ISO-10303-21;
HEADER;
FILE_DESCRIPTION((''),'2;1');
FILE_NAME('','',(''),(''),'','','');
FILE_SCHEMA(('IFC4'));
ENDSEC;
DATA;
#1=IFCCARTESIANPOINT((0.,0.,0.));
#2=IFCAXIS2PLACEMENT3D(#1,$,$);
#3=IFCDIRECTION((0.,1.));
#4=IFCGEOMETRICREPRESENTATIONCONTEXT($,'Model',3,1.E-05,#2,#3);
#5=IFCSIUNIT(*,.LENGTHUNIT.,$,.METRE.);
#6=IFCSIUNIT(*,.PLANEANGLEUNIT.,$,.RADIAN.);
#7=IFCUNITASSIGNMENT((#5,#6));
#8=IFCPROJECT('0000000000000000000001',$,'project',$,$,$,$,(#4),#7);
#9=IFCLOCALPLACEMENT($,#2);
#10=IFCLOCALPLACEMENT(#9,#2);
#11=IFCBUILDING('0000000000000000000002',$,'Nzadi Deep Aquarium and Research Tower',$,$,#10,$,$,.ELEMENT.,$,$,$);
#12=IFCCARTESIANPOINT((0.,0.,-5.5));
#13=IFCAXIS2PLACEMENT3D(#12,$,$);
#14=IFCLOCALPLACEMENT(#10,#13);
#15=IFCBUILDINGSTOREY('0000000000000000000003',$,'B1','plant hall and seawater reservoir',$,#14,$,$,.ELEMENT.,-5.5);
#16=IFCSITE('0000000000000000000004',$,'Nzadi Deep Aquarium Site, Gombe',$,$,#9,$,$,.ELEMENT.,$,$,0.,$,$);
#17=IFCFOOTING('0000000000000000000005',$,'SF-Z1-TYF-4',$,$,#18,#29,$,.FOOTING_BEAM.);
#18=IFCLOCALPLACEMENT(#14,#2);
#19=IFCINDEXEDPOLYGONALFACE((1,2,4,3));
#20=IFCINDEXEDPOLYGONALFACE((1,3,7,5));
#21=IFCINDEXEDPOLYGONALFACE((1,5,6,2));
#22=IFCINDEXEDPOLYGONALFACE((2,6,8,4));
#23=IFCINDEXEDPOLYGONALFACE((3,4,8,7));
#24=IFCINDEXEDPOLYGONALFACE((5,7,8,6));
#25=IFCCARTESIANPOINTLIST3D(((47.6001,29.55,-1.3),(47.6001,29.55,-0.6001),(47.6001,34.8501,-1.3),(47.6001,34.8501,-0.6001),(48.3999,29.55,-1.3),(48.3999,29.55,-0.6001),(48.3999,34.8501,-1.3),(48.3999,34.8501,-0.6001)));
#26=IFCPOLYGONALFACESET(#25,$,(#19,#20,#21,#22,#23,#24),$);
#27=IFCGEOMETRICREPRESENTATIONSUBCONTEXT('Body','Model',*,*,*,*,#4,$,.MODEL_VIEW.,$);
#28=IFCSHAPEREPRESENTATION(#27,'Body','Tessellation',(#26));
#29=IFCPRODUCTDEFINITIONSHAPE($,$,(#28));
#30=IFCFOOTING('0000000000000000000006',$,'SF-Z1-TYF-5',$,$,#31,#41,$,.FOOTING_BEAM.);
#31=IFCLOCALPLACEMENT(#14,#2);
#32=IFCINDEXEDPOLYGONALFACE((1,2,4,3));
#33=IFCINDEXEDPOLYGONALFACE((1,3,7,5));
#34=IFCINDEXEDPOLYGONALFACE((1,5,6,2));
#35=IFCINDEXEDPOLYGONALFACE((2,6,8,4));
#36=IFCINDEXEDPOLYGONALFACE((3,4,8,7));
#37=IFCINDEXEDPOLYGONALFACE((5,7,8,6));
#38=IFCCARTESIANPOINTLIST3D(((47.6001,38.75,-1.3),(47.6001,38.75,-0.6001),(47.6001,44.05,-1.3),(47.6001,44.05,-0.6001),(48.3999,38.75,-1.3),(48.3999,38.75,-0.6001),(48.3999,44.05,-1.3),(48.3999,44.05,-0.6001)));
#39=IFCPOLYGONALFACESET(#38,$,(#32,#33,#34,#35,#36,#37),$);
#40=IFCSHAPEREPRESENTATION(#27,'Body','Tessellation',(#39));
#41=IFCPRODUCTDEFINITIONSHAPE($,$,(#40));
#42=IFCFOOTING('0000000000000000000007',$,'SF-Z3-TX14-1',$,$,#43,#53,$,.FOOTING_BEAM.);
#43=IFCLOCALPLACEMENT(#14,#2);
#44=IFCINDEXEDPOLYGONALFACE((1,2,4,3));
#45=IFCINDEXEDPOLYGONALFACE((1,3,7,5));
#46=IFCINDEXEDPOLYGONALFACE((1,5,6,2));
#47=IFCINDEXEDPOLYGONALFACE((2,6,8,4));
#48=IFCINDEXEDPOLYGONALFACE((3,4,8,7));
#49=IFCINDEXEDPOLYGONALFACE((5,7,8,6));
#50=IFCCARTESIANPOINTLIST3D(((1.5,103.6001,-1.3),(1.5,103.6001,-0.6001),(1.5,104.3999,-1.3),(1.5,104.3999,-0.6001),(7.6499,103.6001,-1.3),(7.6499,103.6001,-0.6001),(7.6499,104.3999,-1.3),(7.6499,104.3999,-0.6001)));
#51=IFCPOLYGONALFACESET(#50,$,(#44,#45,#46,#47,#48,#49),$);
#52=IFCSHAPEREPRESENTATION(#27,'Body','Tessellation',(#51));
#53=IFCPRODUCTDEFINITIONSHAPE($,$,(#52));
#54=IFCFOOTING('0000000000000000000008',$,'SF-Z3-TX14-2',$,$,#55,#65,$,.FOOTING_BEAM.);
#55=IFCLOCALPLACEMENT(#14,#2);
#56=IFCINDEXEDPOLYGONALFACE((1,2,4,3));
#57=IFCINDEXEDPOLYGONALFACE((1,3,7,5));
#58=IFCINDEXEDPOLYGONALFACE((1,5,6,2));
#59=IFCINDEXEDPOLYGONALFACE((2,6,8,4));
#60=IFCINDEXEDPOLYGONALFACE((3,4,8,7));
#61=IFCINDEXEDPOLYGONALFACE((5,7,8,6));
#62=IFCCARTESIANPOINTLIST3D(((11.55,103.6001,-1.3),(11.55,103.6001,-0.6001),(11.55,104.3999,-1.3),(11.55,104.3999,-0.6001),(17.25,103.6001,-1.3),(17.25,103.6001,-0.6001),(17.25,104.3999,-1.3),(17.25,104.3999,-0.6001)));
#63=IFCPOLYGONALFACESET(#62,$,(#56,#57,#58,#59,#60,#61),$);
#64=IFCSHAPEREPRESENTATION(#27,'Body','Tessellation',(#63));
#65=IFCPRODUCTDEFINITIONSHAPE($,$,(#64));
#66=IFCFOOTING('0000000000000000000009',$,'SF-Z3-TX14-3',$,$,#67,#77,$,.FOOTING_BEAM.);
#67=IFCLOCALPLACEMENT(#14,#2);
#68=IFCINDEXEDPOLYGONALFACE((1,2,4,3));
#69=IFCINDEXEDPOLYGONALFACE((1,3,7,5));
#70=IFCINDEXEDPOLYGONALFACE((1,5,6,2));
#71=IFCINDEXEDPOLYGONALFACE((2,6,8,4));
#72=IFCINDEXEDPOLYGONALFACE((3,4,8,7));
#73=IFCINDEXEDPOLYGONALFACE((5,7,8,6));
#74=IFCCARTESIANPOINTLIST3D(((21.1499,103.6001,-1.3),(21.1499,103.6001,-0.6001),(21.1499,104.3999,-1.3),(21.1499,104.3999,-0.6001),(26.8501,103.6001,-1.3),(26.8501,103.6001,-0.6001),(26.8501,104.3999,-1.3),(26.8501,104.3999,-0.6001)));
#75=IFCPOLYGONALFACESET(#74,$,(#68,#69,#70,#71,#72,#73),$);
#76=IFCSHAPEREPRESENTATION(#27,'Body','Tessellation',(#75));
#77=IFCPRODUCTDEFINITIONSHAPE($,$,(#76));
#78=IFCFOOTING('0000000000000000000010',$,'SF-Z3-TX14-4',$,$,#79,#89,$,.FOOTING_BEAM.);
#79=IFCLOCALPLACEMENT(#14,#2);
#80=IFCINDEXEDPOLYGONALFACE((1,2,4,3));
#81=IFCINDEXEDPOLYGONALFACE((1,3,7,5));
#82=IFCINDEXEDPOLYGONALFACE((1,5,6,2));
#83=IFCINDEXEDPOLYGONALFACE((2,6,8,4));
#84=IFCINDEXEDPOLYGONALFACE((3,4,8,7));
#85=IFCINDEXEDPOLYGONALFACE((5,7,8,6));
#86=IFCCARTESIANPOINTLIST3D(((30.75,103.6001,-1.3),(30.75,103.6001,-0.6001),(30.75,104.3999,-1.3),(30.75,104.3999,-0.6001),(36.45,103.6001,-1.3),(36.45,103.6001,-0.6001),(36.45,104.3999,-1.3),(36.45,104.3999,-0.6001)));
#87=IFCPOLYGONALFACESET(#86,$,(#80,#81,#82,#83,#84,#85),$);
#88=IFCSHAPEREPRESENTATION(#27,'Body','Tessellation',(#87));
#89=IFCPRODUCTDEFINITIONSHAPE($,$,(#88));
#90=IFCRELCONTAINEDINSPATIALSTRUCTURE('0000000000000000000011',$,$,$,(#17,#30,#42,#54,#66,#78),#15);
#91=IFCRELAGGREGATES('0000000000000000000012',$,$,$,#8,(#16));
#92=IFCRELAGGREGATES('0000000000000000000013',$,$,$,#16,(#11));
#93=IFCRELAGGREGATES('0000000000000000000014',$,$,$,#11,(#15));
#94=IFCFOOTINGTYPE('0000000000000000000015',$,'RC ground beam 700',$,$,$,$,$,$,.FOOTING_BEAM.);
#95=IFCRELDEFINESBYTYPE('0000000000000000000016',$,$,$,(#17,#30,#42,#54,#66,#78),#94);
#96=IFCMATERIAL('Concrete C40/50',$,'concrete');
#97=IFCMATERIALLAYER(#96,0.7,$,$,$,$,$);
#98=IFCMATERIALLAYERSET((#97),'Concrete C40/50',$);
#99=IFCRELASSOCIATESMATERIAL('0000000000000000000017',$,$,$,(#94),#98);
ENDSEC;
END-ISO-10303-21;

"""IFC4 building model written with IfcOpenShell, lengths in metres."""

from ifc_helpers import new_model, si_unit, direction, frame, origin, place, context, subcontext, project, spatial, polyline, outline, extrude, material, layer, layer_set, type_object, element, save


model = new_model("IFC4")

# Units and contexts
model_context = context("Model", 3, precision=1e-05, world=origin(), true_north=direction((0.0, 1.0)))
body_context = subcontext(model_context, "Body", "Model", "MODEL_VIEW")
ifc_project = project(units=[si_unit("LENGTHUNIT", "METRE"), si_unit("PLANEANGLEUNIT", "RADIAN")], contexts=[model_context])

# Site, building, storey
site_placement = place(None, origin())
site = spatial("IfcSite", under=ifc_project, at=site_placement, Name="Nzadi Deep Aquarium Site, Gombe", CompositionType="ELEMENT", RefElevation=0.0)
building_placement = place(site_placement, origin())
building = spatial("IfcBuilding", under=site, at=building_placement, Name="Nzadi Deep Aquarium and Research Tower", CompositionType="ELEMENT")
storey_placement = place(building_placement, frame((0.0, 0.0, -5.5)))
storey = spatial("IfcBuildingStorey", under=building, at=storey_placement, Name="B1", Description="plant hall and seawater reservoir", CompositionType="ELEMENT", Elevation=-5.5)

# Footings
ifc_material = material(Name="Concrete C40/50", Category="concrete")
ifc_layer = layer(ifc_material, 0.7)
ifc_layer_set = layer_set([ifc_layer], Name="Concrete C40/50")
footing_type = type_object("IfcFootingType", Name="RC ground beam 700", PredefinedType="FOOTING_BEAM", material=ifc_layer_set)
footing_1_placement = place(storey_placement, frame((0.0, 0.0, -1.3)))
element("IfcFooting", 1, at=footing_1_placement, inside=storey, type_object=footing_type, Name="SF-Z1-TYF-4", PredefinedType="FOOTING_BEAM", context=body_context, shape_type="SweptSolid", body=[
    extrude(outline(polyline([(48.3999, 29.55), (48.3999, 34.8501), (47.6001, 34.8501), (47.6001, 29.55), (48.3999, 29.55)])), origin(), (0.0, 0.0, 1.0), 0.7),
])
footing_2_placement = place(storey_placement, frame((0.0, 0.0, -1.3)))
element("IfcFooting", 2, at=footing_2_placement, inside=storey, type_object=footing_type, Name="SF-Z1-TYF-5", PredefinedType="FOOTING_BEAM", context=body_context, shape_type="SweptSolid", body=[
    extrude(outline(polyline([(48.3999, 38.75), (48.3999, 44.05), (47.6001, 44.05), (47.6001, 38.75), (48.3999, 38.75)])), origin(), (0.0, 0.0, 1.0), 0.7),
])
footing_3_placement = place(storey_placement, frame((0.0, 0.0, -1.3)))
element("IfcFooting", 3, at=footing_3_placement, inside=storey, type_object=footing_type, Name="SF-Z3-TX14-1", PredefinedType="FOOTING_BEAM", context=body_context, shape_type="SweptSolid", body=[
    extrude(outline(polyline([(7.6499, 104.3999), (1.5, 104.3999), (1.5, 103.6001), (7.6499, 103.6001), (7.6499, 104.3999)])), origin(), (0.0, 0.0, 1.0), 0.7),
])
footing_4_placement = place(storey_placement, frame((0.0, 0.0, -1.3)))
element("IfcFooting", 4, at=footing_4_placement, inside=storey, type_object=footing_type, Name="SF-Z3-TX14-2", PredefinedType="FOOTING_BEAM", context=body_context, shape_type="SweptSolid", body=[
    extrude(outline(polyline([(17.25, 104.3999), (11.55, 104.3999), (11.55, 103.6001), (17.25, 103.6001), (17.25, 104.3999)])), origin(), (0.0, 0.0, 1.0), 0.7),
])
footing_5_placement = place(storey_placement, frame((0.0, 0.0, -1.3)))
element("IfcFooting", 5, at=footing_5_placement, inside=storey, type_object=footing_type, Name="SF-Z3-TX14-3", PredefinedType="FOOTING_BEAM", context=body_context, shape_type="SweptSolid", body=[
    extrude(outline(polyline([(26.8501, 104.3999), (21.1499, 104.3999), (21.1499, 103.6001), (26.8501, 103.6001), (26.8501, 104.3999)])), origin(), (0.0, 0.0, 1.0), 0.7),
])
footing_6_placement = place(storey_placement, frame((0.0, 0.0, -1.3)))
element("IfcFooting", 6, at=footing_6_placement, inside=storey, type_object=footing_type, Name="SF-Z3-TX14-4", PredefinedType="FOOTING_BEAM", context=body_context, shape_type="SweptSolid", body=[
    extrude(outline(polyline([(36.45, 104.3999), (30.75, 104.3999), (30.75, 103.6001), (36.45, 103.6001), (36.45, 104.3999)])), origin(), (0.0, 0.0, 1.0), 0.7),
])

save(model, "model.ifc")
